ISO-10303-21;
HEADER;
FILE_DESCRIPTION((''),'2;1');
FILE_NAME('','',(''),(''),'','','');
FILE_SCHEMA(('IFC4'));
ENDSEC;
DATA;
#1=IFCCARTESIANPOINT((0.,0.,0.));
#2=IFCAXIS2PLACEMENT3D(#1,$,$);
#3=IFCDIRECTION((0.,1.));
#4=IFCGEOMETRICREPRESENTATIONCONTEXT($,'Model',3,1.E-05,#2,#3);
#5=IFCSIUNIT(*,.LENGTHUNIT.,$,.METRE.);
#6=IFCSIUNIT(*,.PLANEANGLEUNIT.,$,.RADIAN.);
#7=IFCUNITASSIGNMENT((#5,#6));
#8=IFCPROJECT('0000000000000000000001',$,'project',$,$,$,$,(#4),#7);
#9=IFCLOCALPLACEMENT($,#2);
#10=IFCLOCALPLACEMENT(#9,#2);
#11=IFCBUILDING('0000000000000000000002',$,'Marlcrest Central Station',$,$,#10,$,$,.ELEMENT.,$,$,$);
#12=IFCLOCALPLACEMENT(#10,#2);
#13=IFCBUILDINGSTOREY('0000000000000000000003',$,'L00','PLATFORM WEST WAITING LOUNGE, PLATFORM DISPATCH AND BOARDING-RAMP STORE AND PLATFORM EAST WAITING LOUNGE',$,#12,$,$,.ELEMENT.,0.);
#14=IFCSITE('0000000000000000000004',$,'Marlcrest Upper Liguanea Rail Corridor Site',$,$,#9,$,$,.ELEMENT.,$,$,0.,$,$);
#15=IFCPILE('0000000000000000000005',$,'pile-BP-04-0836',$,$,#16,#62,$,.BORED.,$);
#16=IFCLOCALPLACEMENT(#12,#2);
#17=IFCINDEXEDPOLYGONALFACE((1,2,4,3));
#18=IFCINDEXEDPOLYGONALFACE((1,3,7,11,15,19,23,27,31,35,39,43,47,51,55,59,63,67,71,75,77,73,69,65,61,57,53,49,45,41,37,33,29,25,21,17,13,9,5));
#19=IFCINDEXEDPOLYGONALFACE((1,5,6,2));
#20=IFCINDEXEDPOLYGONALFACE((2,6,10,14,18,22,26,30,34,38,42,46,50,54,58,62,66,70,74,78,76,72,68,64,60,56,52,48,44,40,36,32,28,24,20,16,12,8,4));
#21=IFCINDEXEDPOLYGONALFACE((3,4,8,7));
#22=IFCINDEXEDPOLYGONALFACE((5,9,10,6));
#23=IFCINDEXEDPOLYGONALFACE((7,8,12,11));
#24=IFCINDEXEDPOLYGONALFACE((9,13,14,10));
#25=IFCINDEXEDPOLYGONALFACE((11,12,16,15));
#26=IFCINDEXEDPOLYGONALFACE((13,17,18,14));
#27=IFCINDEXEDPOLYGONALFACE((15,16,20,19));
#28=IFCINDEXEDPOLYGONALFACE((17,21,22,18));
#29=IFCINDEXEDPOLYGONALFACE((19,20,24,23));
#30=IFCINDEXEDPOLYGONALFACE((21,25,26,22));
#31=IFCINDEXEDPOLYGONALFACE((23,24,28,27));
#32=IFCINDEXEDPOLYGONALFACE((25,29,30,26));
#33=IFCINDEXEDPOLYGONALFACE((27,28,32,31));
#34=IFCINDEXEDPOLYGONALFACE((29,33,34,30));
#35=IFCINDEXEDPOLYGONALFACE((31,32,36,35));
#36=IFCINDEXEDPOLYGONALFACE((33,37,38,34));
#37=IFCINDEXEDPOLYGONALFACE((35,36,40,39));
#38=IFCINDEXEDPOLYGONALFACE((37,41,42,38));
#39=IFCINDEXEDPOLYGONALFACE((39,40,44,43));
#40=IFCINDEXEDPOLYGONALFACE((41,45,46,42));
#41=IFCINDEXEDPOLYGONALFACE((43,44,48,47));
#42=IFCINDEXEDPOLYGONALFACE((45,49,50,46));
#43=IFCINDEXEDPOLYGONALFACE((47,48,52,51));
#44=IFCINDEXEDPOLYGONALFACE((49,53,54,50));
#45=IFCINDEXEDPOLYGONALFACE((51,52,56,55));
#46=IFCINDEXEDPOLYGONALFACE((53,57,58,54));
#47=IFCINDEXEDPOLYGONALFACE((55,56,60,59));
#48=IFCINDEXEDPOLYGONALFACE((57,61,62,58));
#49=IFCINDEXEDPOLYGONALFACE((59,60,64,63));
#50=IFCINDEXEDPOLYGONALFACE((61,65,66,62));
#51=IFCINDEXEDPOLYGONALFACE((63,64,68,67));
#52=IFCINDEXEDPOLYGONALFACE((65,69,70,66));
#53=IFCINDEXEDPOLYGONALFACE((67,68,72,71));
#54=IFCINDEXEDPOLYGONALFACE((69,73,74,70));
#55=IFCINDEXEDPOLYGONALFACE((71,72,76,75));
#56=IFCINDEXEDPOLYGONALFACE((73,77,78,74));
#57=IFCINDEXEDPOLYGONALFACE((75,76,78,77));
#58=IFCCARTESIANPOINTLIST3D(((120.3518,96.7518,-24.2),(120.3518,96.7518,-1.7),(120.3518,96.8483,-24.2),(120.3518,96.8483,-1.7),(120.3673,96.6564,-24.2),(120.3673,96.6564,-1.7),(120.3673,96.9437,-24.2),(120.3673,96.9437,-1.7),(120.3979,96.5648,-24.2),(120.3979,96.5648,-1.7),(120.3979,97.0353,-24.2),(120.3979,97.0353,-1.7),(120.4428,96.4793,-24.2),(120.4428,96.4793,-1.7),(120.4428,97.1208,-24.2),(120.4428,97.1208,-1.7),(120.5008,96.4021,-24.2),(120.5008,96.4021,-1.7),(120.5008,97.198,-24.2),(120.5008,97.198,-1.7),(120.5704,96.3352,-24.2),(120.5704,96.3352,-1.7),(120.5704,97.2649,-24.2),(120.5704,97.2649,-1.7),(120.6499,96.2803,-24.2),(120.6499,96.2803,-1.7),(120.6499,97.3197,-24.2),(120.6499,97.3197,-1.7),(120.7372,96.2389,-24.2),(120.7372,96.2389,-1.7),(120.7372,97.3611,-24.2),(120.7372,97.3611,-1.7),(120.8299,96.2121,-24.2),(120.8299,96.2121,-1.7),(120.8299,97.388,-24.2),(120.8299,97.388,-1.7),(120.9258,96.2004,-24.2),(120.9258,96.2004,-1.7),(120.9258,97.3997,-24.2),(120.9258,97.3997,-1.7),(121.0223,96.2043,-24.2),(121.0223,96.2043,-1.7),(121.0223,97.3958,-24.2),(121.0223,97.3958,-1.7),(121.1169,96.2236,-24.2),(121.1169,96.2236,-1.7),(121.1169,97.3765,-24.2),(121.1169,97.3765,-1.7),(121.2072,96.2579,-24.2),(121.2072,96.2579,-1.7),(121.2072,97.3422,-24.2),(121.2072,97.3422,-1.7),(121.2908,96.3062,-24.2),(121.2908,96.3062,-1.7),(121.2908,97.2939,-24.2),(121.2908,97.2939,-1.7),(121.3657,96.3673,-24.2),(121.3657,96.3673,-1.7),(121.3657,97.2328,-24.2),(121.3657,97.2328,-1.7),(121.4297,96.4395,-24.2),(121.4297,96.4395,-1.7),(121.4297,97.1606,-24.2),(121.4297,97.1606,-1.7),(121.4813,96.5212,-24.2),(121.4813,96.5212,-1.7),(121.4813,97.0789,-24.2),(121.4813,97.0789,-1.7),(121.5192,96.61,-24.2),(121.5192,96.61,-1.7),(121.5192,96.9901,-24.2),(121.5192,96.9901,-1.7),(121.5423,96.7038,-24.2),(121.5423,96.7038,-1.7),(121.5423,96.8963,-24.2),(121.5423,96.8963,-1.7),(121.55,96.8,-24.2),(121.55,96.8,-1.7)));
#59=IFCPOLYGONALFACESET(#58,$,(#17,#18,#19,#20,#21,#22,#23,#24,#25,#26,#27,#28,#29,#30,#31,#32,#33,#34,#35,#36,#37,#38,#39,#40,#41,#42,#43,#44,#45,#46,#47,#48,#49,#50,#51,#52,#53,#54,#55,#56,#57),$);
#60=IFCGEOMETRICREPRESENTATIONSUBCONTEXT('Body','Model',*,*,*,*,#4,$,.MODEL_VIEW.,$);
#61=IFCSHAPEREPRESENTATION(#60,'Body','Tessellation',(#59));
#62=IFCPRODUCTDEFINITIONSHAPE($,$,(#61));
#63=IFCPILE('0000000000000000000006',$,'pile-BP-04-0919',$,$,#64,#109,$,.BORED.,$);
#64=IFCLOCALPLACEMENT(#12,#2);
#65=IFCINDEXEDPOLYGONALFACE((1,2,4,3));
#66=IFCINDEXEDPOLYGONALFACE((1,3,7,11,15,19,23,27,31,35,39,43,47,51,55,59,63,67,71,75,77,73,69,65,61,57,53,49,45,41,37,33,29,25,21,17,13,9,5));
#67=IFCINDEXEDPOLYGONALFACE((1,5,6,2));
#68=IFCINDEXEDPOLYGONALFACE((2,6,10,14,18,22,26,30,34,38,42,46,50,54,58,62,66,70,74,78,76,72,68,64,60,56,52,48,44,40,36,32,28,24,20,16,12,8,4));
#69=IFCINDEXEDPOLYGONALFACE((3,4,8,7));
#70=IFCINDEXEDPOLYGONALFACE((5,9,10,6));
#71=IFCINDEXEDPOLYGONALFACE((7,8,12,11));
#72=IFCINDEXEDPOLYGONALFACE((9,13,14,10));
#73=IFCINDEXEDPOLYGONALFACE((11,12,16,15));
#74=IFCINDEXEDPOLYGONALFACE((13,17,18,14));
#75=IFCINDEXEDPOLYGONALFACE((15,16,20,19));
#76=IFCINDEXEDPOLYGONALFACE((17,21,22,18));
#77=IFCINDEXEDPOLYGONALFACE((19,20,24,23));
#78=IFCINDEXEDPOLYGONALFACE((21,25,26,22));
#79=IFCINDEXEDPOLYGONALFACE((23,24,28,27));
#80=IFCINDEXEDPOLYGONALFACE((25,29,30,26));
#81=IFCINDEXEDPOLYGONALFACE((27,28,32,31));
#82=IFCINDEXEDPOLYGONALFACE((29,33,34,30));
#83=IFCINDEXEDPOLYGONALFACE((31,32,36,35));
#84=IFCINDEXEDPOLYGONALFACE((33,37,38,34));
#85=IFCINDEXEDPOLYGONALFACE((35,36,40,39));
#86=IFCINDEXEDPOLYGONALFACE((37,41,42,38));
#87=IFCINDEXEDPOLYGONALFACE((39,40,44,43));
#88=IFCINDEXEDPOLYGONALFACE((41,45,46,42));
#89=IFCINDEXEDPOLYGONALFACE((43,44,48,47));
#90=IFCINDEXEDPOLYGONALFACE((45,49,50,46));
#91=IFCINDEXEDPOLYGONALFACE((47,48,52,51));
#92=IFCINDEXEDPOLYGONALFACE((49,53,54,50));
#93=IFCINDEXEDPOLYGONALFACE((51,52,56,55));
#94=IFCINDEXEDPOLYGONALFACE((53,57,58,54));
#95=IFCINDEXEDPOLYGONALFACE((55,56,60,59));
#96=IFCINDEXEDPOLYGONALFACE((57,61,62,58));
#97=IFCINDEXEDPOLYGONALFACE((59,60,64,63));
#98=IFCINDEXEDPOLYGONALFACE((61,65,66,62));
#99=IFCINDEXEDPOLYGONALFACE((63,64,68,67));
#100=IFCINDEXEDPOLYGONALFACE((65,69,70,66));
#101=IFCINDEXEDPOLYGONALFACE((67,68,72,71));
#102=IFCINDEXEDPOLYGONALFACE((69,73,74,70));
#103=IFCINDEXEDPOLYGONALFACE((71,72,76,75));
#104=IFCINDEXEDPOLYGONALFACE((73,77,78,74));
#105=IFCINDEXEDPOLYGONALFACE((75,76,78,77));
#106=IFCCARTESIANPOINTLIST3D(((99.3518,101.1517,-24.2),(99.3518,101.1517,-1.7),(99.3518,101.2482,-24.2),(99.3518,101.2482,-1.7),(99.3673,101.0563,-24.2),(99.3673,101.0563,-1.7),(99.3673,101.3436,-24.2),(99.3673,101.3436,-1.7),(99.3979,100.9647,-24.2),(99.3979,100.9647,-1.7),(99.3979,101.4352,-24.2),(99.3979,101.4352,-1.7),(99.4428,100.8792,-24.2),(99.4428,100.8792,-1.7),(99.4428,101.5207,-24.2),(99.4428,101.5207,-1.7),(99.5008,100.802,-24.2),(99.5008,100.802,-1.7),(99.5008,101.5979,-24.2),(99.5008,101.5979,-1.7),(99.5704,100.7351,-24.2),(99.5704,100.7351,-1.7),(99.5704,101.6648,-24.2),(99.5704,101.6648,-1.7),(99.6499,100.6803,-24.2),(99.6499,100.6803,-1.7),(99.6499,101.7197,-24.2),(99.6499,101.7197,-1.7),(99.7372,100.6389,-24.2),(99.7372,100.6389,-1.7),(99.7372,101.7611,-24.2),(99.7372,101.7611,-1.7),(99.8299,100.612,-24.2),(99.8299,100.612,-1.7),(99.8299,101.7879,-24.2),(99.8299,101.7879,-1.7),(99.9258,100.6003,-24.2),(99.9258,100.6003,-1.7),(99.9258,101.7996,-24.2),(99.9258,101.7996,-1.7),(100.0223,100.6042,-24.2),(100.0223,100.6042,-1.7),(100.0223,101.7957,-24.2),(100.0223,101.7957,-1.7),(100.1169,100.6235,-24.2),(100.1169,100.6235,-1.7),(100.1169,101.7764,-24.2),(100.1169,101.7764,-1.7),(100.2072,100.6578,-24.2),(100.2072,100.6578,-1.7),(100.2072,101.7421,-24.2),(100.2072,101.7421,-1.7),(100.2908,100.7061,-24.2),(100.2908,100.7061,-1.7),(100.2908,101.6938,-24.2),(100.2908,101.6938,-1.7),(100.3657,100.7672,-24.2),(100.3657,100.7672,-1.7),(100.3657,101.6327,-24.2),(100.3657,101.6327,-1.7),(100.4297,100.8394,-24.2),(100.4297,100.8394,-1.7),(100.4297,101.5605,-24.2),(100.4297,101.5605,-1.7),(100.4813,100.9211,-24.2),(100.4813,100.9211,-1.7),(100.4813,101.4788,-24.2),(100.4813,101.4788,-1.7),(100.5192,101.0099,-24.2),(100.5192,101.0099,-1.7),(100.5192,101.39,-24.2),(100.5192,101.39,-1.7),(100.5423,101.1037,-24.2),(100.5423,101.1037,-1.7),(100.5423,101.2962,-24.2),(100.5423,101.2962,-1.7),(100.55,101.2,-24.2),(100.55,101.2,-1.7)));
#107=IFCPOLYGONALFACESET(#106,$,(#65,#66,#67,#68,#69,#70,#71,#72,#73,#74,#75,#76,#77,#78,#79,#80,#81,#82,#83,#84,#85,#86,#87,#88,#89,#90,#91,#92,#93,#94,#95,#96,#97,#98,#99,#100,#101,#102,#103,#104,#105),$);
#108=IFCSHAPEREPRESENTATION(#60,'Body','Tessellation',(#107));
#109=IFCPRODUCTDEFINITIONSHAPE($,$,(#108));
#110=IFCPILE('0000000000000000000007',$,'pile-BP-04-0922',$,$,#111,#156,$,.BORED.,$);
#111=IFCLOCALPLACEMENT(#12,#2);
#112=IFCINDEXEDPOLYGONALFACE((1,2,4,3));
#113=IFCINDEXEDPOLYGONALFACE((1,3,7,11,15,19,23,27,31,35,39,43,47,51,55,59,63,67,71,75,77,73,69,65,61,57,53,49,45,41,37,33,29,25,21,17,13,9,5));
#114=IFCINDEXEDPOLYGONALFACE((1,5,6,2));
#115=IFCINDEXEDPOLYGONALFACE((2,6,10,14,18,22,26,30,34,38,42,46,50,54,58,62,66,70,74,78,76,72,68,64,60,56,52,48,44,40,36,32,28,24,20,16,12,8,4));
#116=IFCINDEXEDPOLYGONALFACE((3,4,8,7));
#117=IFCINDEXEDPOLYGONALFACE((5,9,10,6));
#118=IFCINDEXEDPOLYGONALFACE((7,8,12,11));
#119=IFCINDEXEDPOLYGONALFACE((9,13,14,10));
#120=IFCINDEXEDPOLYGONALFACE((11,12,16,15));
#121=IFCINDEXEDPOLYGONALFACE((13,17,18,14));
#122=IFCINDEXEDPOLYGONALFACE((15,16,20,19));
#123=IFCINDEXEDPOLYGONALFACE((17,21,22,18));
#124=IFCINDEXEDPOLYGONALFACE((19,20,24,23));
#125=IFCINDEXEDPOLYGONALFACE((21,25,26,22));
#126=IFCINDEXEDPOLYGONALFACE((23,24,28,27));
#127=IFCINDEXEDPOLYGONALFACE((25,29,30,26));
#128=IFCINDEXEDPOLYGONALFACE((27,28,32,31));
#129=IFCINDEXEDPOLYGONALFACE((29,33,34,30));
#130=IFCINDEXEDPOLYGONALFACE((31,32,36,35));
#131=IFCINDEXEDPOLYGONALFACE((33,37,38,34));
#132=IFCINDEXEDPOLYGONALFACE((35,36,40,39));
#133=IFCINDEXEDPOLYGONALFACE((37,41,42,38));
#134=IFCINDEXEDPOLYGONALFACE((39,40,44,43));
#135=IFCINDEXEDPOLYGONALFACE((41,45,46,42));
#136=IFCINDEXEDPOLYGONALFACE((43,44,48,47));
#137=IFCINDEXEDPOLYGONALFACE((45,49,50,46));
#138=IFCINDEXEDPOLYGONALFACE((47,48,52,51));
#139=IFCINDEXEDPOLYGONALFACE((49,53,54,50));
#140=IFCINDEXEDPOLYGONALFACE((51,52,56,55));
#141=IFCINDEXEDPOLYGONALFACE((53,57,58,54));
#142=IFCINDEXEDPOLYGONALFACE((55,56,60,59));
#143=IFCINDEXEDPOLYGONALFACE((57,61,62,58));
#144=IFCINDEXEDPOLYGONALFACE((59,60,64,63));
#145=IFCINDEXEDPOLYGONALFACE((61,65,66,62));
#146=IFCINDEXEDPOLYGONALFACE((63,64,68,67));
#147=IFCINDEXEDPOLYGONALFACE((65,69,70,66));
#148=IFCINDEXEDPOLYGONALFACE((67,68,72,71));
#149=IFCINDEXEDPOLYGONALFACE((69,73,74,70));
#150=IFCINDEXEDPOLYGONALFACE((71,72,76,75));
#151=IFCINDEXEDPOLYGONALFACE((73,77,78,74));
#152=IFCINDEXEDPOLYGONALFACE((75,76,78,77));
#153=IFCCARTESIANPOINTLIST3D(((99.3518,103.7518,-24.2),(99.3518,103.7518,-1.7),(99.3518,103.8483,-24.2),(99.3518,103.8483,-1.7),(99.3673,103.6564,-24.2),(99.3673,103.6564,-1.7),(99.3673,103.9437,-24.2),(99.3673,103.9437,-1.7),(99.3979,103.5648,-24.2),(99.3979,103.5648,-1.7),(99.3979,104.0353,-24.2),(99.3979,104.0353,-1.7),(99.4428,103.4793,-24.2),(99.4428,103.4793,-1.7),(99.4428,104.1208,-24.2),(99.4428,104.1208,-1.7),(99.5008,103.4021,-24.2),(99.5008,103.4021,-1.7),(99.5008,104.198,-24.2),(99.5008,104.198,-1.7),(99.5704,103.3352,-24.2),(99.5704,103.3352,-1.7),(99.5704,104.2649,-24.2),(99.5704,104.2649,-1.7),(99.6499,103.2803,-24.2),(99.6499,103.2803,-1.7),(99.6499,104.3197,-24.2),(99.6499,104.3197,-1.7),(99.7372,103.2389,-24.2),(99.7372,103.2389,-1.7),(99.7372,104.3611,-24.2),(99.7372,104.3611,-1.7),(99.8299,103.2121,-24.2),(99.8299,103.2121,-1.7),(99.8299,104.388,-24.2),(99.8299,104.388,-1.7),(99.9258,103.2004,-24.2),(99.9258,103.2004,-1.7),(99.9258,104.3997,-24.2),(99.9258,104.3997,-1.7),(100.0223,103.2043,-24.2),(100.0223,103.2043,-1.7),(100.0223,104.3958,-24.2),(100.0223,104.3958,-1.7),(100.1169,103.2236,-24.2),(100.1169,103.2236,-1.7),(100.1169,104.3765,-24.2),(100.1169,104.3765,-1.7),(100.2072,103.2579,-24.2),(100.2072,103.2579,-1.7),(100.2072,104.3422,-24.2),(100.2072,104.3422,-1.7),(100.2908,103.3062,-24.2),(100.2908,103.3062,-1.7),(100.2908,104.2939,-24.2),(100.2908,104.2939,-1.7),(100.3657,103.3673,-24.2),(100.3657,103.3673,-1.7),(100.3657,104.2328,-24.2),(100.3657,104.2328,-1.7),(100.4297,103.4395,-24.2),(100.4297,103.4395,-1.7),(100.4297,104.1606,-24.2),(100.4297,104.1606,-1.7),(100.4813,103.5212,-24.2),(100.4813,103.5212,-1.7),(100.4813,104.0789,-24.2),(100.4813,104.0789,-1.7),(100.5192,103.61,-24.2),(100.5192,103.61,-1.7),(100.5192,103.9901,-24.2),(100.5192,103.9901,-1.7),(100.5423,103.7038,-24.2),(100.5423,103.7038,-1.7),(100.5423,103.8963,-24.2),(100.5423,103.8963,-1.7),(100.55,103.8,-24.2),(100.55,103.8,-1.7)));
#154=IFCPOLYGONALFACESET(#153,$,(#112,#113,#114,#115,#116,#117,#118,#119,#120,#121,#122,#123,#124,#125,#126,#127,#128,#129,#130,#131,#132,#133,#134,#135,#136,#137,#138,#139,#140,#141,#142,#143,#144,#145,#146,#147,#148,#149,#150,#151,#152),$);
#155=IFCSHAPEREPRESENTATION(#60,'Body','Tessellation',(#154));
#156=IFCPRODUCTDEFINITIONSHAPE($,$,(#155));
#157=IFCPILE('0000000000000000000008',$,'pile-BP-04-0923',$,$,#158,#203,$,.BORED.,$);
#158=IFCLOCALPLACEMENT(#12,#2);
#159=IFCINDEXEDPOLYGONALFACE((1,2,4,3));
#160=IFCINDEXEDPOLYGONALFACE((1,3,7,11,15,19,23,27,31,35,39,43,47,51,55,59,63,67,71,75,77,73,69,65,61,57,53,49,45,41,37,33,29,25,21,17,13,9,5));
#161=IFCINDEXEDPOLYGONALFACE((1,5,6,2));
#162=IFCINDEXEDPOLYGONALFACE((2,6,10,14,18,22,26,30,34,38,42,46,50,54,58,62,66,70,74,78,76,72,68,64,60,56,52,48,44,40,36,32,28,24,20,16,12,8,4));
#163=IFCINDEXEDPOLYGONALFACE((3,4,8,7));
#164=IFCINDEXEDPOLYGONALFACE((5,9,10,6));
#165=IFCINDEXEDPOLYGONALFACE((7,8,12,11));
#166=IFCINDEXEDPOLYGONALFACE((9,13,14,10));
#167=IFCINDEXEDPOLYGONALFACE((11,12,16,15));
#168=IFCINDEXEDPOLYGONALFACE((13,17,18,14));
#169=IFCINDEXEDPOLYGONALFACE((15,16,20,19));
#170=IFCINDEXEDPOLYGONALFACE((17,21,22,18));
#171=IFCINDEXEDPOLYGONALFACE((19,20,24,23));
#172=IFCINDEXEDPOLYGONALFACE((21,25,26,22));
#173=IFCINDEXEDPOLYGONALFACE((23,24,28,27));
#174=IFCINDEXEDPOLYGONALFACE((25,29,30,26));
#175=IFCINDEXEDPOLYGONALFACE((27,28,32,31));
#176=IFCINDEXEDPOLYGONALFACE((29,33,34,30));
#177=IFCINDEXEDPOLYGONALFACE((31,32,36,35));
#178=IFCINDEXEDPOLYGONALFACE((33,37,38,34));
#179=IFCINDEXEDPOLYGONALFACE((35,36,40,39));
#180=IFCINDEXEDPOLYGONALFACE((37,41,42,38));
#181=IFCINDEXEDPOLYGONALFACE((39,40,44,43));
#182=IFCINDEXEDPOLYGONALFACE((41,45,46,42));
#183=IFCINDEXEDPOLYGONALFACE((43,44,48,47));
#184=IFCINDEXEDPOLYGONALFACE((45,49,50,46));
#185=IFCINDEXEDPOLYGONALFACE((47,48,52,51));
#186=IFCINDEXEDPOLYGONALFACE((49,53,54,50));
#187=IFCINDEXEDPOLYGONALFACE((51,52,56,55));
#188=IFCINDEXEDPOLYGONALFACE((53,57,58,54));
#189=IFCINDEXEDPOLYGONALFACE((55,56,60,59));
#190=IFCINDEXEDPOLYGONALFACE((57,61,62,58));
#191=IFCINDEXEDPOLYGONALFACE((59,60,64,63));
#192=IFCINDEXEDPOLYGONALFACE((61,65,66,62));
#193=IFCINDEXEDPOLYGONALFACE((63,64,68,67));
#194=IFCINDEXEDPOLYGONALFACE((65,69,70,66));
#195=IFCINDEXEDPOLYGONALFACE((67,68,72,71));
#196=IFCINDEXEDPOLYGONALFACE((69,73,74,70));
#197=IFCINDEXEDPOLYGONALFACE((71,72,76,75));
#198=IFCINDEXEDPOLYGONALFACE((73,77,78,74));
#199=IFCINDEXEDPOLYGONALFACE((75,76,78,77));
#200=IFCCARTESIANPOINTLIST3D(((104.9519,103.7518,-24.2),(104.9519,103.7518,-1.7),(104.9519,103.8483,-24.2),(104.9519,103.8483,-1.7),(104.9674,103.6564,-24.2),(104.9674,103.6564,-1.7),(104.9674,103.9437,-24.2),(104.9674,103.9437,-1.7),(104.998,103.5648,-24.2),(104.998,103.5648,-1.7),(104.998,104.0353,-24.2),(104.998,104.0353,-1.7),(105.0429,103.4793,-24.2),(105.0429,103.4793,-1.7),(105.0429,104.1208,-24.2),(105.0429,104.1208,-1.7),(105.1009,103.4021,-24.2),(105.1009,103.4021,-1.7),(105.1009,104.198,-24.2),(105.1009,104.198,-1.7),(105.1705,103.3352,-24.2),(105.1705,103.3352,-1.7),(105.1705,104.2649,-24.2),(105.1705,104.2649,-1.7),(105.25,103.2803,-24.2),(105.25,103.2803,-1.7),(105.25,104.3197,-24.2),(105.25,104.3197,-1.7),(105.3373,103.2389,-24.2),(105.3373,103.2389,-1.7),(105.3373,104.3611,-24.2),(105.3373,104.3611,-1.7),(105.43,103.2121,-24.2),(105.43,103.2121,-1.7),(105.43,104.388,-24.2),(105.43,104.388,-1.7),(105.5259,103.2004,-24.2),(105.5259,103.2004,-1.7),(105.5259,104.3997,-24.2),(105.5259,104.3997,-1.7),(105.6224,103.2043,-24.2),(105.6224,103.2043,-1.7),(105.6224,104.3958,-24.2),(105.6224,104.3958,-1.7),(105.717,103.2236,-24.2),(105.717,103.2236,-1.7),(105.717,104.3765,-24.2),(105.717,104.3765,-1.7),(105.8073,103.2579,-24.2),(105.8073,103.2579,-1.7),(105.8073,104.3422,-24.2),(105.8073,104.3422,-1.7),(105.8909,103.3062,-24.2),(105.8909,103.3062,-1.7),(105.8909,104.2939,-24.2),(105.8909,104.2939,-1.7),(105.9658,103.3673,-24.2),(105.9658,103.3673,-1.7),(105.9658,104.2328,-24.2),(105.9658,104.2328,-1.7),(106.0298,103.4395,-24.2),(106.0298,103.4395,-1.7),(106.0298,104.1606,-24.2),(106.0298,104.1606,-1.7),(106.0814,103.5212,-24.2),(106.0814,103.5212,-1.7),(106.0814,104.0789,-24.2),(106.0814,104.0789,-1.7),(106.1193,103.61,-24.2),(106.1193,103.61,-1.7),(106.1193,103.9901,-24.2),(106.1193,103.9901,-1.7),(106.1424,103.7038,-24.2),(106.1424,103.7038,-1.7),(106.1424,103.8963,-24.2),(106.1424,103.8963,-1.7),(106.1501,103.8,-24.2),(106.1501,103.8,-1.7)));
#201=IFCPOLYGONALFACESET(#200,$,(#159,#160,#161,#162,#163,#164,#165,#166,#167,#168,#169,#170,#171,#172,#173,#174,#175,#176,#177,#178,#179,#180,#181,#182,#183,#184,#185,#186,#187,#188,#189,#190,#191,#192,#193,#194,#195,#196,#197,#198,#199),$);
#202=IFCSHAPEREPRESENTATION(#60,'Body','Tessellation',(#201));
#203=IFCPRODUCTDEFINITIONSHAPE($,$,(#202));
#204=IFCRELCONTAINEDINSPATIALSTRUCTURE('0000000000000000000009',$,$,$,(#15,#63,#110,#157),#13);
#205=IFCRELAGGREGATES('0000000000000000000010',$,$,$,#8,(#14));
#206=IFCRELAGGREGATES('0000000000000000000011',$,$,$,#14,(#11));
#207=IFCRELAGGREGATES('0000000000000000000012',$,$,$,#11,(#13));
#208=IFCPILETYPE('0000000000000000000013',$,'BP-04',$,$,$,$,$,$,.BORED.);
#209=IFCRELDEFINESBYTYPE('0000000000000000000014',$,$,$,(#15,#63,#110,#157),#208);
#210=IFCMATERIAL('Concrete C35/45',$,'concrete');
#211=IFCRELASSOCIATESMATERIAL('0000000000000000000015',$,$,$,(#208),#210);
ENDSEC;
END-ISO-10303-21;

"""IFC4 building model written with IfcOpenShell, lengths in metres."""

from ifc_helpers import new_model, si_unit, direction, frame, origin, origin_2d, place, context, subcontext, project, spatial, circle, extrude, material, material_profile, profile_set, type_object, element, save


model = new_model("IFC4")

# Units and contexts
model_context = context("Model", 3, precision=1e-05, world=origin(), true_north=direction((0.0, 1.0)))
body_context = subcontext(model_context, "Body", "Model", "MODEL_VIEW")
ifc_project = project(units=[si_unit("LENGTHUNIT", "METRE"), si_unit("PLANEANGLEUNIT", "RADIAN")], contexts=[model_context])

# Site, building, storey
site_placement = place(None, origin())
site = spatial("IfcSite", under=ifc_project, at=site_placement, Name="Marlcrest Upper Liguanea Rail Corridor Site", CompositionType="ELEMENT", RefElevation=0.0)
building_placement = place(site_placement, origin())
building = spatial("IfcBuilding", under=site, at=building_placement, Name="Marlcrest Central Station", CompositionType="ELEMENT")
storey_placement = place(building_placement, origin())
storey = spatial("IfcBuildingStorey", under=building, at=storey_placement, Name="L00", Description="PLATFORM WEST WAITING LOUNGE, PLATFORM DISPATCH AND BOARDING-RAMP STORE AND PLATFORM EAST WAITING LOUNGE", CompositionType="ELEMENT", Elevation=0.0)

# Piles
ifc_material_1 = material(Name="Concrete C35/45", Category="concrete")
ifc_material_profile_1 = material_profile(ifc_material_1, circle(Radius=0.6001, at=origin_2d()), Name="PILE D1200")
ifc_profile_set_1 = profile_set([ifc_material_profile_1], Name="Concrete C35/45")
pile_type_1 = type_object("IfcPileType", Name="BP-04", PredefinedType="BORED", material=ifc_profile_set_1)
for number, where, z_axis, x_axis, name in (
    (1, (120.95, 96.8, -1.7), (0.0, 0.0, -1.0), (1.0, 0.0, 0.0), "pile-BP-04-0836"),
    (2, (99.95, 101.2, -1.7), (0.0, 0.0, -1.0), (1.0, 0.0, 0.0), "pile-BP-04-0919"),
    (3, (99.95, 103.8, -1.7), (0.0, 0.0, -1.0), (1.0, 0.0, 0.0), "pile-BP-04-0922"),
    (4, (105.55, 103.8, -1.7), (0.0, 0.0, -1.0), (1.0, 0.0, 0.0), "pile-BP-04-0923"),
):
    element("IfcPile", number, at=place(storey_placement, frame(where, z_axis=z_axis, x_axis=x_axis)), inside=storey, type_object=pile_type_1, Name=name, PredefinedType="BORED", context=body_context, shape_type="SweptSolid", body=[
        extrude(circle(Radius=0.6001, at=origin_2d()), origin(), (0.0, 0.0, 1.0), 22.5),
    ])

save(model, "model.ifc")
